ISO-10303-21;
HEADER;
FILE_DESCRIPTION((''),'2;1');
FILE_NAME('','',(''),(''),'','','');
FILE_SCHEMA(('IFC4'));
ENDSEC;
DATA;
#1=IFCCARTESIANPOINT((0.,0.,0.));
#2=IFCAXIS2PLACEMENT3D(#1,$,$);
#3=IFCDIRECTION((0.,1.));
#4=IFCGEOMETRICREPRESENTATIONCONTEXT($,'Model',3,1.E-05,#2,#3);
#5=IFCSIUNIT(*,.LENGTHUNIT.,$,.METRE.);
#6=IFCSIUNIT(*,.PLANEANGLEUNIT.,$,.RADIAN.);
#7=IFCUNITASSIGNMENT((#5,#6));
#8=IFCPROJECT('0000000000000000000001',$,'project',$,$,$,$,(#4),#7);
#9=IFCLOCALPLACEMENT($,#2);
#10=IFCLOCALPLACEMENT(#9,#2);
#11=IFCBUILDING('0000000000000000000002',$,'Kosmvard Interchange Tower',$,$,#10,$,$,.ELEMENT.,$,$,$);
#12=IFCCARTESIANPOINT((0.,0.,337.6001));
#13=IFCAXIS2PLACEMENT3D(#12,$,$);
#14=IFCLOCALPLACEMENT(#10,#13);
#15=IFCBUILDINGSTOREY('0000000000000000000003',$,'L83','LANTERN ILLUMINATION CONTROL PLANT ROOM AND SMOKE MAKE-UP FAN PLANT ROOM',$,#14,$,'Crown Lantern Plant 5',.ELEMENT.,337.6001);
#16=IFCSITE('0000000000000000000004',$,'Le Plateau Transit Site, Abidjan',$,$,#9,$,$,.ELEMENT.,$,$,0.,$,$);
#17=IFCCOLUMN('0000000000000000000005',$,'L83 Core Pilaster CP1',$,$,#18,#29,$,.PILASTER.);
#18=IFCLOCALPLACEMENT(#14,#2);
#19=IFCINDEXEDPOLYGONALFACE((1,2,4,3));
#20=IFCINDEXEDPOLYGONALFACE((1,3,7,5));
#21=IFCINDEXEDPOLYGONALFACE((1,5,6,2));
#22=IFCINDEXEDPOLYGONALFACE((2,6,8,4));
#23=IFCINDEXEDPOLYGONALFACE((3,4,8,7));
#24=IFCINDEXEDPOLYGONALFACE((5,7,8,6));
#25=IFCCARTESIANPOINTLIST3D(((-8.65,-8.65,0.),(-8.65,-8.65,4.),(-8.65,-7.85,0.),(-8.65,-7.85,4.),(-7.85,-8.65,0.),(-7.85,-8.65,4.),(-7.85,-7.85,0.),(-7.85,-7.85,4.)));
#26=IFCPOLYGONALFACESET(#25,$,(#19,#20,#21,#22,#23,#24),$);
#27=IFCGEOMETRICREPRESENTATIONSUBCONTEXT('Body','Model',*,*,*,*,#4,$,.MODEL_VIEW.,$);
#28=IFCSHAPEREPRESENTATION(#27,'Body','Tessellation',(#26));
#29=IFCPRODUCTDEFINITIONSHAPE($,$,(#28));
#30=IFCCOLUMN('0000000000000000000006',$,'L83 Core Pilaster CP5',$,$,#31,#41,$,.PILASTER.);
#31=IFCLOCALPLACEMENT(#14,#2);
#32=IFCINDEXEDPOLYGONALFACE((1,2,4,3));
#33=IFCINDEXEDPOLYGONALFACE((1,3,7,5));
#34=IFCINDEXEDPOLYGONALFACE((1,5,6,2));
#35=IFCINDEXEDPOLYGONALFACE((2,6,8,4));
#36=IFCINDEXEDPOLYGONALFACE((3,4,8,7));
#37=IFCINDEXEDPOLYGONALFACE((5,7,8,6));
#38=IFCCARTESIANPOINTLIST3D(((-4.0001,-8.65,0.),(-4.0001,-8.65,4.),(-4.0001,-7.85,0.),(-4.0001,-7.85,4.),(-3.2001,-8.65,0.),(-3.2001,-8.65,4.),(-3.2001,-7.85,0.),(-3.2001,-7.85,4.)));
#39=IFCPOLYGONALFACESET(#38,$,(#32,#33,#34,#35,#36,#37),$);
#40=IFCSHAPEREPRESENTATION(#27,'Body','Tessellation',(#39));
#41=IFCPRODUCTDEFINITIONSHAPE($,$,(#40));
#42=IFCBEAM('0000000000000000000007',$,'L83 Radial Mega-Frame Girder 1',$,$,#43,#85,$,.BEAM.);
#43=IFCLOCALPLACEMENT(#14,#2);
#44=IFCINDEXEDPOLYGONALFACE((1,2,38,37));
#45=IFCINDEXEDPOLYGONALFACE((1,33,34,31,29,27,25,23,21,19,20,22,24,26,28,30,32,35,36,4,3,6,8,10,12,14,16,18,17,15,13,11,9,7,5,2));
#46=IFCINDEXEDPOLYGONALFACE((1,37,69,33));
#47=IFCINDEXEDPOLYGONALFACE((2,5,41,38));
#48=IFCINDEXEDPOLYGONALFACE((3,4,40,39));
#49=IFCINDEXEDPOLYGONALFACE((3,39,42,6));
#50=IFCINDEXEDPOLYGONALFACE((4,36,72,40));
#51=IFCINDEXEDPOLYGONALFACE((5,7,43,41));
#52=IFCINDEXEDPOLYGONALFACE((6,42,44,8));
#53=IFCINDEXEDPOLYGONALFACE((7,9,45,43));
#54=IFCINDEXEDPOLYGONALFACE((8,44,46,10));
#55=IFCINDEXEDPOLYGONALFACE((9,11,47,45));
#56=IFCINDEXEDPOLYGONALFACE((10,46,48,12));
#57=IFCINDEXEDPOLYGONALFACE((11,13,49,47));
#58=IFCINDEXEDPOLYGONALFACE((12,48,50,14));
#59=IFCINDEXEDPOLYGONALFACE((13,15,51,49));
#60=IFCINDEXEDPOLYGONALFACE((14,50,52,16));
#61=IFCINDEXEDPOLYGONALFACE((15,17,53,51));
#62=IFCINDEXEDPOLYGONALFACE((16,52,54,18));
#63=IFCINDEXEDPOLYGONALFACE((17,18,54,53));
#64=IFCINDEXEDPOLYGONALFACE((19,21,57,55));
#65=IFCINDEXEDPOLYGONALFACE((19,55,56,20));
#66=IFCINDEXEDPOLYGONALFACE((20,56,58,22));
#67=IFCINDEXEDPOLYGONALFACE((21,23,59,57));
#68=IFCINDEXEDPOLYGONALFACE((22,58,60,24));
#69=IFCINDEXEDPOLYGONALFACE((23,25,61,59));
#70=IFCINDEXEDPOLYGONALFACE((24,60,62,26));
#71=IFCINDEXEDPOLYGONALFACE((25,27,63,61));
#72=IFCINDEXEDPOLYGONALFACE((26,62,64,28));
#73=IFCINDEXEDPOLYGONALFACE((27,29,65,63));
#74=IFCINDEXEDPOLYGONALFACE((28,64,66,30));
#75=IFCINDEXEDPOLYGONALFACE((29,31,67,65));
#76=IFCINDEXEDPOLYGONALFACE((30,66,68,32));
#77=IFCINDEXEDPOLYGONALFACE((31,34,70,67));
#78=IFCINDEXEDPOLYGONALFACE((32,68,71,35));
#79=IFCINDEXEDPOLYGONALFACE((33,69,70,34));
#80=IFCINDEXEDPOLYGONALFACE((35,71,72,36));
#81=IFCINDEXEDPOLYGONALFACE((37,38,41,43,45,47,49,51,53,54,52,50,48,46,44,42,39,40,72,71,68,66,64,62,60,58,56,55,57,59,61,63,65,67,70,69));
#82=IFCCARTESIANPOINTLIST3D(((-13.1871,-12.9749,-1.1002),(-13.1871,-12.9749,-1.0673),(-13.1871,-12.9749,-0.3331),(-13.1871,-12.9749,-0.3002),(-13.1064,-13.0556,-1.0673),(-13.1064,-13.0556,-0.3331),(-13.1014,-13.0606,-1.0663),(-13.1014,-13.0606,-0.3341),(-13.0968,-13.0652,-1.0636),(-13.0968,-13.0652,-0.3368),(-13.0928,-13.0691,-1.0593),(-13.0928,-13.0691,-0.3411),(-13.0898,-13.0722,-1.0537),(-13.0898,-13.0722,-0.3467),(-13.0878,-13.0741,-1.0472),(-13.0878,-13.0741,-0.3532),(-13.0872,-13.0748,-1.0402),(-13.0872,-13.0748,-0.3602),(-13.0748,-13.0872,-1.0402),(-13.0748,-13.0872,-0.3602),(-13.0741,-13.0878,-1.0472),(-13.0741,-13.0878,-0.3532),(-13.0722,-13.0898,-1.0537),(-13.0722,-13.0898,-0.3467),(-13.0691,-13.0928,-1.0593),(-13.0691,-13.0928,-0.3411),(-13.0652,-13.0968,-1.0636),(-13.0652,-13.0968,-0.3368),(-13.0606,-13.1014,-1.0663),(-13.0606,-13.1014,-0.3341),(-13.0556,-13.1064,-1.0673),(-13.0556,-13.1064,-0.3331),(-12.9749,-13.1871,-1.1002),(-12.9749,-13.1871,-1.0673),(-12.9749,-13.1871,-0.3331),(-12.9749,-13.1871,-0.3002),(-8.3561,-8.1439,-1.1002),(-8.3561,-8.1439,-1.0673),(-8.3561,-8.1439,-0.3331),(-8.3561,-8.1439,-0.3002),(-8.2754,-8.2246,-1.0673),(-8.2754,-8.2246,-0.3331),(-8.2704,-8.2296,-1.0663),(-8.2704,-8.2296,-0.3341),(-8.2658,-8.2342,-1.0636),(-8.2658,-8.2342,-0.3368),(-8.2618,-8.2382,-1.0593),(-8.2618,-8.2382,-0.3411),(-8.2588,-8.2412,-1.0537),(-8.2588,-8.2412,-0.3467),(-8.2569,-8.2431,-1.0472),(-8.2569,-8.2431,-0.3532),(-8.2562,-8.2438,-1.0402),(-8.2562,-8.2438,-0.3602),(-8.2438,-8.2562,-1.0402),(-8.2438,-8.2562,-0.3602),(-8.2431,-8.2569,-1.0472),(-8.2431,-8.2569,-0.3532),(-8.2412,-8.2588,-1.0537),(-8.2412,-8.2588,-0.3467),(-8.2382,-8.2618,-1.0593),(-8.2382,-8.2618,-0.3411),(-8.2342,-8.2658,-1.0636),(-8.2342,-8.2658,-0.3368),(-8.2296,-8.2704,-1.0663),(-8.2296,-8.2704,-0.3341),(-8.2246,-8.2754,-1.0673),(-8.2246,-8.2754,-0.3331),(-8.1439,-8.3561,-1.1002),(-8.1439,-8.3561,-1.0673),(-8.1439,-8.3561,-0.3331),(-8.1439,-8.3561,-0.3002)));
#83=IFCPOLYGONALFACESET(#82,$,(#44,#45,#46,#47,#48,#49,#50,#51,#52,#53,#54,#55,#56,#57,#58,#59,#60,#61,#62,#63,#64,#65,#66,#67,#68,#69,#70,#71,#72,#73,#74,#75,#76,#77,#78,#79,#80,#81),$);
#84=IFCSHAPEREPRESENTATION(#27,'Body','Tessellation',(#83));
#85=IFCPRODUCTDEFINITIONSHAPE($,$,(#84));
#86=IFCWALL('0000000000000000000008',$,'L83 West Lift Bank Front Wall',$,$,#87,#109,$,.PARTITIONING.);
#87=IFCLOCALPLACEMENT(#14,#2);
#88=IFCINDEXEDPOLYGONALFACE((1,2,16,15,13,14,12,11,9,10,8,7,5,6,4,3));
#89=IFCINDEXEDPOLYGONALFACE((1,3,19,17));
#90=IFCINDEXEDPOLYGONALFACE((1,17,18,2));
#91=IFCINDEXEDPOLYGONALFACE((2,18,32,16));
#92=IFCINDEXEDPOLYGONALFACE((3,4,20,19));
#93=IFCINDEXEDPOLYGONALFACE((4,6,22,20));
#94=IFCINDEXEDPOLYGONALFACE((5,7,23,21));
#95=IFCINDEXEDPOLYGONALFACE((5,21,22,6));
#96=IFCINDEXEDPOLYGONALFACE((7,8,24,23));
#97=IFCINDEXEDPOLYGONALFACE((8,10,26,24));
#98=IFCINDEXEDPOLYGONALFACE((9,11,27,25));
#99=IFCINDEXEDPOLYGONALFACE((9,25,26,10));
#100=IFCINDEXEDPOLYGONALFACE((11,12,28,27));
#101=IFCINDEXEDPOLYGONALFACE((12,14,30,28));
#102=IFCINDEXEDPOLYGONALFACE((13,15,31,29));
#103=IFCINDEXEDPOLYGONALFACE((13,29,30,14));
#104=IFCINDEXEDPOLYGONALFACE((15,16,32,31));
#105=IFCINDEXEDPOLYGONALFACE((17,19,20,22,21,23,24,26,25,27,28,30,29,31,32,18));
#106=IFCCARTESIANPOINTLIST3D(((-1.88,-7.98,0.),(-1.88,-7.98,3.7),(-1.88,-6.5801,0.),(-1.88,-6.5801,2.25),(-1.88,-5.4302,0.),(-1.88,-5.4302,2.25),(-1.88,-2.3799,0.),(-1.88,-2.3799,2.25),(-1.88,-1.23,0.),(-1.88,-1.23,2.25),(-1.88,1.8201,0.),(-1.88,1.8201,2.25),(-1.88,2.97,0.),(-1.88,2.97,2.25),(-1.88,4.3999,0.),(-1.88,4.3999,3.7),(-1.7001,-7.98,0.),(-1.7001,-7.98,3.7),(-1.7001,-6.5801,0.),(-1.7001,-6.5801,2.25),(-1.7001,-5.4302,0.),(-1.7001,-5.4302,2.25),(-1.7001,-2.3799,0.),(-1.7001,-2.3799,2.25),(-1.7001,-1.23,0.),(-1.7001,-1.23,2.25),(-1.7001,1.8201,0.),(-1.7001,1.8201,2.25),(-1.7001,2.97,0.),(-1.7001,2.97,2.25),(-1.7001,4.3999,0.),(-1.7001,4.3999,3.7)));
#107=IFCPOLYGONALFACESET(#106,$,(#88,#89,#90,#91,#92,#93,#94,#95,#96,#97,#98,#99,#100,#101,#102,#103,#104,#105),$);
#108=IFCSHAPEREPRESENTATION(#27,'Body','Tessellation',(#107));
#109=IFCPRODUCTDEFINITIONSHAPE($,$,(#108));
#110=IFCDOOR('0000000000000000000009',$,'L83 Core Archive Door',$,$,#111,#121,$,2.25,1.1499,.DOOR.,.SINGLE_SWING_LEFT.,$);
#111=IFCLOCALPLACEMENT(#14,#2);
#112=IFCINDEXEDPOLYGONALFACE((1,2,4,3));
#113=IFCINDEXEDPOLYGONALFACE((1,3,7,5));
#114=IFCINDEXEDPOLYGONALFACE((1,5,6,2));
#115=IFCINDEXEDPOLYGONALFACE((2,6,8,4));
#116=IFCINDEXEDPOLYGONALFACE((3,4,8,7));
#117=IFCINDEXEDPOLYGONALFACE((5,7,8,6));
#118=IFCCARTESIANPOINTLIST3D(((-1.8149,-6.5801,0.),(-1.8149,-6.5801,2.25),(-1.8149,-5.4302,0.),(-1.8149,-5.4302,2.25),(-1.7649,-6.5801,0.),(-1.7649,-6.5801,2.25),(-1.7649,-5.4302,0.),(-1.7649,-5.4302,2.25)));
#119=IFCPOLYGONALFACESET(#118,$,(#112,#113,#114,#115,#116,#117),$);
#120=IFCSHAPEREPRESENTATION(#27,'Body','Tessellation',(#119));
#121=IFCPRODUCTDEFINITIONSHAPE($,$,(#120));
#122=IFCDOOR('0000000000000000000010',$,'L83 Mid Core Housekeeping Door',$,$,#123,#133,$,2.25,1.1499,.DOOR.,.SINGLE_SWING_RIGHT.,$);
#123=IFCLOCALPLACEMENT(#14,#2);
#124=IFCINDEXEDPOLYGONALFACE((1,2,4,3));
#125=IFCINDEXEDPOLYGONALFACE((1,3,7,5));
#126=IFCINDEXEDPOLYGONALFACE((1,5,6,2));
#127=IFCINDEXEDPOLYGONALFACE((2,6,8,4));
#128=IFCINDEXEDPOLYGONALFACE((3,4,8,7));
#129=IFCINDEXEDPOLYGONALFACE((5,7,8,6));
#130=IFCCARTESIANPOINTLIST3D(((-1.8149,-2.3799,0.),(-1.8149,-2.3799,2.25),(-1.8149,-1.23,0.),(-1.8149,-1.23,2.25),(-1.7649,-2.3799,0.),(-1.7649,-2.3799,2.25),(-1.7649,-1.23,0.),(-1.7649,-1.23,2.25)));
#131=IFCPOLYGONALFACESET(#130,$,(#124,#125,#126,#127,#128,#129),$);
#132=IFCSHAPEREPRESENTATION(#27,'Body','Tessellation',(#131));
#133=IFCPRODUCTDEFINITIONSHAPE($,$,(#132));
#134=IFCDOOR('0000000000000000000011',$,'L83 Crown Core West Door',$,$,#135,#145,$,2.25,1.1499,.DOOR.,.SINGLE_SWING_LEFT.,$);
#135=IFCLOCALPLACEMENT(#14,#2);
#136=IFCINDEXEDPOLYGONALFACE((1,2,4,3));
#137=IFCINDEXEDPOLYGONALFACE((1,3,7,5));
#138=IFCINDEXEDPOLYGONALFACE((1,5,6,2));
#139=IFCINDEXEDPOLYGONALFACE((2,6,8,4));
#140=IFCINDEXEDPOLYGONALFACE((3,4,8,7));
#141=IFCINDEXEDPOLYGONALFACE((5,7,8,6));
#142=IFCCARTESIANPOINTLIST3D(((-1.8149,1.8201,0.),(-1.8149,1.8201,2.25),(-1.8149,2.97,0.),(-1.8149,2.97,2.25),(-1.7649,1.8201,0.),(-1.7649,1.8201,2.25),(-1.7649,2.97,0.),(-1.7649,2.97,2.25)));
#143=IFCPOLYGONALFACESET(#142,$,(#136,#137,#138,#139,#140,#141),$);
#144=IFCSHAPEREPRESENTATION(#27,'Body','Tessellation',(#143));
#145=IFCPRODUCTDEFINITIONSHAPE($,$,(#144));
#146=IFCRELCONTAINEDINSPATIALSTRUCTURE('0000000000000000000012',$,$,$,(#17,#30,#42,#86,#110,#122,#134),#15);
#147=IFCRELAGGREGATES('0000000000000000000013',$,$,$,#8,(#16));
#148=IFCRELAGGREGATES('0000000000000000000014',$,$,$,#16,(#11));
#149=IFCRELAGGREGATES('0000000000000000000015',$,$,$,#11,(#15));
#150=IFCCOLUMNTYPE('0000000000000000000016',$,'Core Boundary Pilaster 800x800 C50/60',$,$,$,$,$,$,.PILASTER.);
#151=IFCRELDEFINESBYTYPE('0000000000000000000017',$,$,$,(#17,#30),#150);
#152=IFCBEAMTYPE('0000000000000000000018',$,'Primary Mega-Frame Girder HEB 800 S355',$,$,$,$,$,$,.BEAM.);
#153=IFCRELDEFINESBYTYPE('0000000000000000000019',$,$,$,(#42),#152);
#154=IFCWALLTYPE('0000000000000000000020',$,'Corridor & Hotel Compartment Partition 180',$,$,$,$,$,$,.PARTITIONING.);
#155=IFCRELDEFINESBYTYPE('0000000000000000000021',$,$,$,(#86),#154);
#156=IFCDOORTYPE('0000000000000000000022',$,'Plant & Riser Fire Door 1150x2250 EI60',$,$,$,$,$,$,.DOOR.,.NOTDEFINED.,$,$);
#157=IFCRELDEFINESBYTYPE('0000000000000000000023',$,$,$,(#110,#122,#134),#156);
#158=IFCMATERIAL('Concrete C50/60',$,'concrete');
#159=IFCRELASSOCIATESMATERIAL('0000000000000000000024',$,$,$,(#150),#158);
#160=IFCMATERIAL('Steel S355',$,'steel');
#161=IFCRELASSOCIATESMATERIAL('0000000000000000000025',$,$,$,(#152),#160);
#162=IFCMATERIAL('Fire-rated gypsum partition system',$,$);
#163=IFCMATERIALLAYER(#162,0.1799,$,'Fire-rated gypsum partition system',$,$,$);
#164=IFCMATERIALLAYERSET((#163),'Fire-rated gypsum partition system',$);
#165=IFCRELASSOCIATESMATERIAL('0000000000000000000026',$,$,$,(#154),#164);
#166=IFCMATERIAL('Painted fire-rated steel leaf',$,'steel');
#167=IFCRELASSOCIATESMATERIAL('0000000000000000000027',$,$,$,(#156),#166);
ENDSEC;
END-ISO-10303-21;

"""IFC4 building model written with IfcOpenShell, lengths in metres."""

from ifc_helpers import new_model, si_unit, direction, frame, frame_2d, origin, origin_2d, place, context, subcontext, project, spatial, rectangle, i_section, extrude, source, transform, mapped, material, layer, layer_set, material_profile, profile_set, type_object, element, fill, save


model = new_model("IFC4")

# Units and contexts
model_context = context("Model", 3, precision=1e-05, world=origin(), true_north=direction((0.0, 1.0)))
body_context = subcontext(model_context, "Body", "Model", "MODEL_VIEW")
ifc_project = project(units=[si_unit("LENGTHUNIT", "METRE"), si_unit("PLANEANGLEUNIT", "RADIAN")], contexts=[model_context])

# Site, building, storey
site_placement = place(None, origin())
site = spatial("IfcSite", under=ifc_project, at=site_placement, Name="Le Plateau Transit Site, Abidjan", CompositionType="ELEMENT", RefElevation=0.0)
building_placement = place(site_placement, origin())
building = spatial("IfcBuilding", under=site, at=building_placement, Name="Kosmvard Interchange Tower", CompositionType="ELEMENT")
storey_placement = place(building_placement, frame((0.0, 0.0, 337.6001)))
storey = spatial("IfcBuildingStorey", under=building, at=storey_placement, Name="L83", Description="LANTERN ILLUMINATION CONTROL PLANT ROOM AND SMOKE MAKE-UP FAN PLANT ROOM", LongName="Crown Lantern Plant 5", CompositionType="ELEMENT", Elevation=337.6001)

# Columns
ifc_material_1 = material(Name="Concrete C50/60", Category="concrete")
ifc_material_profile_1 = material_profile(ifc_material_1, rectangle(XDim=0.8, YDim=0.8, at=origin_2d()), Name="CP 800x800")
ifc_profile_set_1 = profile_set([ifc_material_profile_1], Name="Concrete C50/60")
column_type = type_object("IfcColumnType", Name="Core Boundary Pilaster 800x800 C50/60", PredefinedType="PILASTER", material=ifc_profile_set_1)
shared_shape_1 = source(origin(), body_context, "Body", "SweptSolid", [
    extrude(rectangle(XDim=0.8, YDim=0.8, at=origin_2d()), origin(), (0.0, 0.0, 1.0), 4.0),
])
for number, where, z_axis, x_axis, name in (
    (1, (-8.25, -8.25, 0.0), (0.0, 0.0, 1.0), (1.0, 0.0, 0.0), "L83 Core Pilaster CP1"),
    (2, (-3.6001, -8.25, 0.0), (0.0, 0.0, 1.0), (1.0, 0.0, 0.0), "L83 Core Pilaster CP5"),
):
    element("IfcColumn", number, at=place(storey_placement, frame(where, z_axis=z_axis, x_axis=x_axis)), inside=storey, type_object=column_type, Name=name, PredefinedType="PILASTER", context=body_context, shape_type="MappedRepresentation", body=[
        mapped(shared_shape_1, transform((0.0, 0.0, 0.0), scale=1.0)),
    ])

# Beam
ifc_material_2 = material(Name="Steel S355", Category="steel")
ifc_material_profile_2 = material_profile(ifc_material_2, i_section(OverallWidth=0.3, OverallDepth=0.8, WebThickness=0.0176, FlangeThickness=0.033, FilletRadius=0.0271, at=origin_2d()), Name="HEB 800")
ifc_profile_set_2 = profile_set([ifc_material_profile_2], Name="Steel S355")
beam_type = type_object("IfcBeamType", Name="Primary Mega-Frame Girder HEB 800 S355", PredefinedType="BEAM", material=ifc_profile_set_2)
shared_shape_2 = source(origin(), body_context, "Body", "SweptSolid", [
    extrude(i_section(OverallWidth=0.3, OverallDepth=0.8, WebThickness=0.0176, FlangeThickness=0.033, FilletRadius=0.0271, at=origin_2d()), origin(), (0.0, 0.0, 1.0), 6.832),
])
beam_placement = place(storey_placement, frame((-8.25, -8.25, -0.7002), z_axis=(-0.707107, -0.707107, 0.0), x_axis=(0.707107, -0.707107, 0.0)))
element("IfcBeam", 3, at=beam_placement, inside=storey, type_object=beam_type, Name="L83 Radial Mega-Frame Girder 1", PredefinedType="BEAM", context=body_context, shape_type="MappedRepresentation", body=[
    mapped(shared_shape_2, transform((0.0, 0.0, 0.0), scale=1.0)),
])

# Wall, openings, doors
ifc_material_3 = material(Name="Fire-rated gypsum partition system")
ifc_layer_1 = layer(ifc_material_3, 0.1799, Name="Fire-rated gypsum partition system")
ifc_layer_set_1 = layer_set([ifc_layer_1], Name="Fire-rated gypsum partition system")
wall_type_1 = type_object("IfcWallType", Name="Corridor & Hotel Compartment Partition 180", PredefinedType="PARTITIONING", material=ifc_layer_set_1)
wall_1_placement = place(storey_placement, frame((-1.79, -7.98, 0.0), z_axis=(0.0, 0.0, 1.0), x_axis=(0.0, 1.0, 0.0)))
wall_1 = element("IfcWall", 4, at=wall_1_placement, inside=storey, type_object=wall_type_1, Name="L83 West Lift Bank Front Wall", PredefinedType="PARTITIONING", context=body_context, shape_type="SweptSolid", body=[
    extrude(rectangle(XDim=12.3799, YDim=0.1799, at=frame_2d((6.1899, 0.0))), origin(), (0.0, 0.0, 1.0), 3.7),
])
opening_1_placement = place(wall_1_placement, frame((1.3999, 0.0, 0.0)))
opening_1 = element("IfcOpeningElement", 5, at=opening_1_placement, cuts=wall_1, PredefinedType="OPENING", context=body_context, shape_type="SweptSolid", body=[
    extrude(rectangle(XDim=1.1499, YDim=2.25, at=frame_2d((0.575, 1.125))), frame((0.0, 0.1001, 0.0), z_axis=(0.0, -1.0, 0.0), x_axis=(1.0, 0.0, 0.0)), (0.0, 0.0, 1.0), 0.2),
])
opening_2_placement = place(wall_1_placement, frame((5.6001, 0.0, 0.0)))
opening_2 = element("IfcOpeningElement", 6, at=opening_2_placement, cuts=wall_1, PredefinedType="OPENING", context=body_context, shape_type="SweptSolid", body=[
    extrude(rectangle(XDim=1.1499, YDim=2.25, at=frame_2d((0.575, 1.125))), frame((0.0, 0.1001, 0.0), z_axis=(0.0, -1.0, 0.0), x_axis=(1.0, 0.0, 0.0)), (0.0, 0.0, 1.0), 0.2),
])
opening_3_placement = place(wall_1_placement, frame((9.8, 0.0, 0.0)))
opening_3 = element("IfcOpeningElement", 7, at=opening_3_placement, cuts=wall_1, PredefinedType="OPENING", context=body_context, shape_type="SweptSolid", body=[
    extrude(rectangle(XDim=1.1499, YDim=2.25, at=frame_2d((0.575, 1.125))), frame((0.0, 0.1001, 0.0), z_axis=(0.0, -1.0, 0.0), x_axis=(1.0, 0.0, 0.0)), (0.0, 0.0, 1.0), 0.2),
])
ifc_material_4 = material(Name="Painted fire-rated steel leaf", Category="steel")
door_type_1 = type_object("IfcDoorType", Name="Plant & Riser Fire Door 1150x2250 EI60", OperationType="NOTDEFINED", PredefinedType="DOOR", material=ifc_material_4)
shared_shape_3 = source(origin(), body_context, "Body", "SweptSolid", [
    extrude(rectangle(XDim=1.1499, YDim=2.25, at=frame_2d((0.575, 1.125))), frame((0.0, 0.0249, 0.0), z_axis=(0.0, -1.0, 0.0), x_axis=(1.0, 0.0, 0.0)), (0.0, 0.0, 1.0), 0.05),
])
door_1_placement = place(opening_1_placement, origin())
door_1 = element("IfcDoor", 8, at=door_1_placement, inside=storey, type_object=door_type_1, Name="L83 Core Archive Door", OperationType="SINGLE_SWING_LEFT", OverallHeight=2.25, OverallWidth=1.1499, PredefinedType="DOOR", context=body_context, shape_type="MappedRepresentation", body=[
    mapped(shared_shape_3, transform((0.0, 0.0, 0.0), scale=1.0)),
])
fill(opening_1, door_1)
door_2_placement = place(opening_2_placement, origin())
door_2 = element("IfcDoor", 9, at=door_2_placement, inside=storey, type_object=door_type_1, Name="L83 Mid Core Housekeeping Door", OperationType="SINGLE_SWING_RIGHT", OverallHeight=2.25, OverallWidth=1.1499, PredefinedType="DOOR", context=body_context, shape_type="MappedRepresentation", body=[
    mapped(shared_shape_3, transform((0.0, 0.0, 0.0), scale=1.0)),
])
fill(opening_2, door_2)
door_3_placement = place(opening_3_placement, origin())
door_3 = element("IfcDoor", 10, at=door_3_placement, inside=storey, type_object=door_type_1, Name="L83 Crown Core West Door", OperationType="SINGLE_SWING_LEFT", OverallHeight=2.25, OverallWidth=1.1499, PredefinedType="DOOR", context=body_context, shape_type="MappedRepresentation", body=[
    mapped(shared_shape_3, transform((0.0, 0.0, 0.0), scale=1.0)),
])
fill(opening_3, door_3)

save(model, "model.ifc")
